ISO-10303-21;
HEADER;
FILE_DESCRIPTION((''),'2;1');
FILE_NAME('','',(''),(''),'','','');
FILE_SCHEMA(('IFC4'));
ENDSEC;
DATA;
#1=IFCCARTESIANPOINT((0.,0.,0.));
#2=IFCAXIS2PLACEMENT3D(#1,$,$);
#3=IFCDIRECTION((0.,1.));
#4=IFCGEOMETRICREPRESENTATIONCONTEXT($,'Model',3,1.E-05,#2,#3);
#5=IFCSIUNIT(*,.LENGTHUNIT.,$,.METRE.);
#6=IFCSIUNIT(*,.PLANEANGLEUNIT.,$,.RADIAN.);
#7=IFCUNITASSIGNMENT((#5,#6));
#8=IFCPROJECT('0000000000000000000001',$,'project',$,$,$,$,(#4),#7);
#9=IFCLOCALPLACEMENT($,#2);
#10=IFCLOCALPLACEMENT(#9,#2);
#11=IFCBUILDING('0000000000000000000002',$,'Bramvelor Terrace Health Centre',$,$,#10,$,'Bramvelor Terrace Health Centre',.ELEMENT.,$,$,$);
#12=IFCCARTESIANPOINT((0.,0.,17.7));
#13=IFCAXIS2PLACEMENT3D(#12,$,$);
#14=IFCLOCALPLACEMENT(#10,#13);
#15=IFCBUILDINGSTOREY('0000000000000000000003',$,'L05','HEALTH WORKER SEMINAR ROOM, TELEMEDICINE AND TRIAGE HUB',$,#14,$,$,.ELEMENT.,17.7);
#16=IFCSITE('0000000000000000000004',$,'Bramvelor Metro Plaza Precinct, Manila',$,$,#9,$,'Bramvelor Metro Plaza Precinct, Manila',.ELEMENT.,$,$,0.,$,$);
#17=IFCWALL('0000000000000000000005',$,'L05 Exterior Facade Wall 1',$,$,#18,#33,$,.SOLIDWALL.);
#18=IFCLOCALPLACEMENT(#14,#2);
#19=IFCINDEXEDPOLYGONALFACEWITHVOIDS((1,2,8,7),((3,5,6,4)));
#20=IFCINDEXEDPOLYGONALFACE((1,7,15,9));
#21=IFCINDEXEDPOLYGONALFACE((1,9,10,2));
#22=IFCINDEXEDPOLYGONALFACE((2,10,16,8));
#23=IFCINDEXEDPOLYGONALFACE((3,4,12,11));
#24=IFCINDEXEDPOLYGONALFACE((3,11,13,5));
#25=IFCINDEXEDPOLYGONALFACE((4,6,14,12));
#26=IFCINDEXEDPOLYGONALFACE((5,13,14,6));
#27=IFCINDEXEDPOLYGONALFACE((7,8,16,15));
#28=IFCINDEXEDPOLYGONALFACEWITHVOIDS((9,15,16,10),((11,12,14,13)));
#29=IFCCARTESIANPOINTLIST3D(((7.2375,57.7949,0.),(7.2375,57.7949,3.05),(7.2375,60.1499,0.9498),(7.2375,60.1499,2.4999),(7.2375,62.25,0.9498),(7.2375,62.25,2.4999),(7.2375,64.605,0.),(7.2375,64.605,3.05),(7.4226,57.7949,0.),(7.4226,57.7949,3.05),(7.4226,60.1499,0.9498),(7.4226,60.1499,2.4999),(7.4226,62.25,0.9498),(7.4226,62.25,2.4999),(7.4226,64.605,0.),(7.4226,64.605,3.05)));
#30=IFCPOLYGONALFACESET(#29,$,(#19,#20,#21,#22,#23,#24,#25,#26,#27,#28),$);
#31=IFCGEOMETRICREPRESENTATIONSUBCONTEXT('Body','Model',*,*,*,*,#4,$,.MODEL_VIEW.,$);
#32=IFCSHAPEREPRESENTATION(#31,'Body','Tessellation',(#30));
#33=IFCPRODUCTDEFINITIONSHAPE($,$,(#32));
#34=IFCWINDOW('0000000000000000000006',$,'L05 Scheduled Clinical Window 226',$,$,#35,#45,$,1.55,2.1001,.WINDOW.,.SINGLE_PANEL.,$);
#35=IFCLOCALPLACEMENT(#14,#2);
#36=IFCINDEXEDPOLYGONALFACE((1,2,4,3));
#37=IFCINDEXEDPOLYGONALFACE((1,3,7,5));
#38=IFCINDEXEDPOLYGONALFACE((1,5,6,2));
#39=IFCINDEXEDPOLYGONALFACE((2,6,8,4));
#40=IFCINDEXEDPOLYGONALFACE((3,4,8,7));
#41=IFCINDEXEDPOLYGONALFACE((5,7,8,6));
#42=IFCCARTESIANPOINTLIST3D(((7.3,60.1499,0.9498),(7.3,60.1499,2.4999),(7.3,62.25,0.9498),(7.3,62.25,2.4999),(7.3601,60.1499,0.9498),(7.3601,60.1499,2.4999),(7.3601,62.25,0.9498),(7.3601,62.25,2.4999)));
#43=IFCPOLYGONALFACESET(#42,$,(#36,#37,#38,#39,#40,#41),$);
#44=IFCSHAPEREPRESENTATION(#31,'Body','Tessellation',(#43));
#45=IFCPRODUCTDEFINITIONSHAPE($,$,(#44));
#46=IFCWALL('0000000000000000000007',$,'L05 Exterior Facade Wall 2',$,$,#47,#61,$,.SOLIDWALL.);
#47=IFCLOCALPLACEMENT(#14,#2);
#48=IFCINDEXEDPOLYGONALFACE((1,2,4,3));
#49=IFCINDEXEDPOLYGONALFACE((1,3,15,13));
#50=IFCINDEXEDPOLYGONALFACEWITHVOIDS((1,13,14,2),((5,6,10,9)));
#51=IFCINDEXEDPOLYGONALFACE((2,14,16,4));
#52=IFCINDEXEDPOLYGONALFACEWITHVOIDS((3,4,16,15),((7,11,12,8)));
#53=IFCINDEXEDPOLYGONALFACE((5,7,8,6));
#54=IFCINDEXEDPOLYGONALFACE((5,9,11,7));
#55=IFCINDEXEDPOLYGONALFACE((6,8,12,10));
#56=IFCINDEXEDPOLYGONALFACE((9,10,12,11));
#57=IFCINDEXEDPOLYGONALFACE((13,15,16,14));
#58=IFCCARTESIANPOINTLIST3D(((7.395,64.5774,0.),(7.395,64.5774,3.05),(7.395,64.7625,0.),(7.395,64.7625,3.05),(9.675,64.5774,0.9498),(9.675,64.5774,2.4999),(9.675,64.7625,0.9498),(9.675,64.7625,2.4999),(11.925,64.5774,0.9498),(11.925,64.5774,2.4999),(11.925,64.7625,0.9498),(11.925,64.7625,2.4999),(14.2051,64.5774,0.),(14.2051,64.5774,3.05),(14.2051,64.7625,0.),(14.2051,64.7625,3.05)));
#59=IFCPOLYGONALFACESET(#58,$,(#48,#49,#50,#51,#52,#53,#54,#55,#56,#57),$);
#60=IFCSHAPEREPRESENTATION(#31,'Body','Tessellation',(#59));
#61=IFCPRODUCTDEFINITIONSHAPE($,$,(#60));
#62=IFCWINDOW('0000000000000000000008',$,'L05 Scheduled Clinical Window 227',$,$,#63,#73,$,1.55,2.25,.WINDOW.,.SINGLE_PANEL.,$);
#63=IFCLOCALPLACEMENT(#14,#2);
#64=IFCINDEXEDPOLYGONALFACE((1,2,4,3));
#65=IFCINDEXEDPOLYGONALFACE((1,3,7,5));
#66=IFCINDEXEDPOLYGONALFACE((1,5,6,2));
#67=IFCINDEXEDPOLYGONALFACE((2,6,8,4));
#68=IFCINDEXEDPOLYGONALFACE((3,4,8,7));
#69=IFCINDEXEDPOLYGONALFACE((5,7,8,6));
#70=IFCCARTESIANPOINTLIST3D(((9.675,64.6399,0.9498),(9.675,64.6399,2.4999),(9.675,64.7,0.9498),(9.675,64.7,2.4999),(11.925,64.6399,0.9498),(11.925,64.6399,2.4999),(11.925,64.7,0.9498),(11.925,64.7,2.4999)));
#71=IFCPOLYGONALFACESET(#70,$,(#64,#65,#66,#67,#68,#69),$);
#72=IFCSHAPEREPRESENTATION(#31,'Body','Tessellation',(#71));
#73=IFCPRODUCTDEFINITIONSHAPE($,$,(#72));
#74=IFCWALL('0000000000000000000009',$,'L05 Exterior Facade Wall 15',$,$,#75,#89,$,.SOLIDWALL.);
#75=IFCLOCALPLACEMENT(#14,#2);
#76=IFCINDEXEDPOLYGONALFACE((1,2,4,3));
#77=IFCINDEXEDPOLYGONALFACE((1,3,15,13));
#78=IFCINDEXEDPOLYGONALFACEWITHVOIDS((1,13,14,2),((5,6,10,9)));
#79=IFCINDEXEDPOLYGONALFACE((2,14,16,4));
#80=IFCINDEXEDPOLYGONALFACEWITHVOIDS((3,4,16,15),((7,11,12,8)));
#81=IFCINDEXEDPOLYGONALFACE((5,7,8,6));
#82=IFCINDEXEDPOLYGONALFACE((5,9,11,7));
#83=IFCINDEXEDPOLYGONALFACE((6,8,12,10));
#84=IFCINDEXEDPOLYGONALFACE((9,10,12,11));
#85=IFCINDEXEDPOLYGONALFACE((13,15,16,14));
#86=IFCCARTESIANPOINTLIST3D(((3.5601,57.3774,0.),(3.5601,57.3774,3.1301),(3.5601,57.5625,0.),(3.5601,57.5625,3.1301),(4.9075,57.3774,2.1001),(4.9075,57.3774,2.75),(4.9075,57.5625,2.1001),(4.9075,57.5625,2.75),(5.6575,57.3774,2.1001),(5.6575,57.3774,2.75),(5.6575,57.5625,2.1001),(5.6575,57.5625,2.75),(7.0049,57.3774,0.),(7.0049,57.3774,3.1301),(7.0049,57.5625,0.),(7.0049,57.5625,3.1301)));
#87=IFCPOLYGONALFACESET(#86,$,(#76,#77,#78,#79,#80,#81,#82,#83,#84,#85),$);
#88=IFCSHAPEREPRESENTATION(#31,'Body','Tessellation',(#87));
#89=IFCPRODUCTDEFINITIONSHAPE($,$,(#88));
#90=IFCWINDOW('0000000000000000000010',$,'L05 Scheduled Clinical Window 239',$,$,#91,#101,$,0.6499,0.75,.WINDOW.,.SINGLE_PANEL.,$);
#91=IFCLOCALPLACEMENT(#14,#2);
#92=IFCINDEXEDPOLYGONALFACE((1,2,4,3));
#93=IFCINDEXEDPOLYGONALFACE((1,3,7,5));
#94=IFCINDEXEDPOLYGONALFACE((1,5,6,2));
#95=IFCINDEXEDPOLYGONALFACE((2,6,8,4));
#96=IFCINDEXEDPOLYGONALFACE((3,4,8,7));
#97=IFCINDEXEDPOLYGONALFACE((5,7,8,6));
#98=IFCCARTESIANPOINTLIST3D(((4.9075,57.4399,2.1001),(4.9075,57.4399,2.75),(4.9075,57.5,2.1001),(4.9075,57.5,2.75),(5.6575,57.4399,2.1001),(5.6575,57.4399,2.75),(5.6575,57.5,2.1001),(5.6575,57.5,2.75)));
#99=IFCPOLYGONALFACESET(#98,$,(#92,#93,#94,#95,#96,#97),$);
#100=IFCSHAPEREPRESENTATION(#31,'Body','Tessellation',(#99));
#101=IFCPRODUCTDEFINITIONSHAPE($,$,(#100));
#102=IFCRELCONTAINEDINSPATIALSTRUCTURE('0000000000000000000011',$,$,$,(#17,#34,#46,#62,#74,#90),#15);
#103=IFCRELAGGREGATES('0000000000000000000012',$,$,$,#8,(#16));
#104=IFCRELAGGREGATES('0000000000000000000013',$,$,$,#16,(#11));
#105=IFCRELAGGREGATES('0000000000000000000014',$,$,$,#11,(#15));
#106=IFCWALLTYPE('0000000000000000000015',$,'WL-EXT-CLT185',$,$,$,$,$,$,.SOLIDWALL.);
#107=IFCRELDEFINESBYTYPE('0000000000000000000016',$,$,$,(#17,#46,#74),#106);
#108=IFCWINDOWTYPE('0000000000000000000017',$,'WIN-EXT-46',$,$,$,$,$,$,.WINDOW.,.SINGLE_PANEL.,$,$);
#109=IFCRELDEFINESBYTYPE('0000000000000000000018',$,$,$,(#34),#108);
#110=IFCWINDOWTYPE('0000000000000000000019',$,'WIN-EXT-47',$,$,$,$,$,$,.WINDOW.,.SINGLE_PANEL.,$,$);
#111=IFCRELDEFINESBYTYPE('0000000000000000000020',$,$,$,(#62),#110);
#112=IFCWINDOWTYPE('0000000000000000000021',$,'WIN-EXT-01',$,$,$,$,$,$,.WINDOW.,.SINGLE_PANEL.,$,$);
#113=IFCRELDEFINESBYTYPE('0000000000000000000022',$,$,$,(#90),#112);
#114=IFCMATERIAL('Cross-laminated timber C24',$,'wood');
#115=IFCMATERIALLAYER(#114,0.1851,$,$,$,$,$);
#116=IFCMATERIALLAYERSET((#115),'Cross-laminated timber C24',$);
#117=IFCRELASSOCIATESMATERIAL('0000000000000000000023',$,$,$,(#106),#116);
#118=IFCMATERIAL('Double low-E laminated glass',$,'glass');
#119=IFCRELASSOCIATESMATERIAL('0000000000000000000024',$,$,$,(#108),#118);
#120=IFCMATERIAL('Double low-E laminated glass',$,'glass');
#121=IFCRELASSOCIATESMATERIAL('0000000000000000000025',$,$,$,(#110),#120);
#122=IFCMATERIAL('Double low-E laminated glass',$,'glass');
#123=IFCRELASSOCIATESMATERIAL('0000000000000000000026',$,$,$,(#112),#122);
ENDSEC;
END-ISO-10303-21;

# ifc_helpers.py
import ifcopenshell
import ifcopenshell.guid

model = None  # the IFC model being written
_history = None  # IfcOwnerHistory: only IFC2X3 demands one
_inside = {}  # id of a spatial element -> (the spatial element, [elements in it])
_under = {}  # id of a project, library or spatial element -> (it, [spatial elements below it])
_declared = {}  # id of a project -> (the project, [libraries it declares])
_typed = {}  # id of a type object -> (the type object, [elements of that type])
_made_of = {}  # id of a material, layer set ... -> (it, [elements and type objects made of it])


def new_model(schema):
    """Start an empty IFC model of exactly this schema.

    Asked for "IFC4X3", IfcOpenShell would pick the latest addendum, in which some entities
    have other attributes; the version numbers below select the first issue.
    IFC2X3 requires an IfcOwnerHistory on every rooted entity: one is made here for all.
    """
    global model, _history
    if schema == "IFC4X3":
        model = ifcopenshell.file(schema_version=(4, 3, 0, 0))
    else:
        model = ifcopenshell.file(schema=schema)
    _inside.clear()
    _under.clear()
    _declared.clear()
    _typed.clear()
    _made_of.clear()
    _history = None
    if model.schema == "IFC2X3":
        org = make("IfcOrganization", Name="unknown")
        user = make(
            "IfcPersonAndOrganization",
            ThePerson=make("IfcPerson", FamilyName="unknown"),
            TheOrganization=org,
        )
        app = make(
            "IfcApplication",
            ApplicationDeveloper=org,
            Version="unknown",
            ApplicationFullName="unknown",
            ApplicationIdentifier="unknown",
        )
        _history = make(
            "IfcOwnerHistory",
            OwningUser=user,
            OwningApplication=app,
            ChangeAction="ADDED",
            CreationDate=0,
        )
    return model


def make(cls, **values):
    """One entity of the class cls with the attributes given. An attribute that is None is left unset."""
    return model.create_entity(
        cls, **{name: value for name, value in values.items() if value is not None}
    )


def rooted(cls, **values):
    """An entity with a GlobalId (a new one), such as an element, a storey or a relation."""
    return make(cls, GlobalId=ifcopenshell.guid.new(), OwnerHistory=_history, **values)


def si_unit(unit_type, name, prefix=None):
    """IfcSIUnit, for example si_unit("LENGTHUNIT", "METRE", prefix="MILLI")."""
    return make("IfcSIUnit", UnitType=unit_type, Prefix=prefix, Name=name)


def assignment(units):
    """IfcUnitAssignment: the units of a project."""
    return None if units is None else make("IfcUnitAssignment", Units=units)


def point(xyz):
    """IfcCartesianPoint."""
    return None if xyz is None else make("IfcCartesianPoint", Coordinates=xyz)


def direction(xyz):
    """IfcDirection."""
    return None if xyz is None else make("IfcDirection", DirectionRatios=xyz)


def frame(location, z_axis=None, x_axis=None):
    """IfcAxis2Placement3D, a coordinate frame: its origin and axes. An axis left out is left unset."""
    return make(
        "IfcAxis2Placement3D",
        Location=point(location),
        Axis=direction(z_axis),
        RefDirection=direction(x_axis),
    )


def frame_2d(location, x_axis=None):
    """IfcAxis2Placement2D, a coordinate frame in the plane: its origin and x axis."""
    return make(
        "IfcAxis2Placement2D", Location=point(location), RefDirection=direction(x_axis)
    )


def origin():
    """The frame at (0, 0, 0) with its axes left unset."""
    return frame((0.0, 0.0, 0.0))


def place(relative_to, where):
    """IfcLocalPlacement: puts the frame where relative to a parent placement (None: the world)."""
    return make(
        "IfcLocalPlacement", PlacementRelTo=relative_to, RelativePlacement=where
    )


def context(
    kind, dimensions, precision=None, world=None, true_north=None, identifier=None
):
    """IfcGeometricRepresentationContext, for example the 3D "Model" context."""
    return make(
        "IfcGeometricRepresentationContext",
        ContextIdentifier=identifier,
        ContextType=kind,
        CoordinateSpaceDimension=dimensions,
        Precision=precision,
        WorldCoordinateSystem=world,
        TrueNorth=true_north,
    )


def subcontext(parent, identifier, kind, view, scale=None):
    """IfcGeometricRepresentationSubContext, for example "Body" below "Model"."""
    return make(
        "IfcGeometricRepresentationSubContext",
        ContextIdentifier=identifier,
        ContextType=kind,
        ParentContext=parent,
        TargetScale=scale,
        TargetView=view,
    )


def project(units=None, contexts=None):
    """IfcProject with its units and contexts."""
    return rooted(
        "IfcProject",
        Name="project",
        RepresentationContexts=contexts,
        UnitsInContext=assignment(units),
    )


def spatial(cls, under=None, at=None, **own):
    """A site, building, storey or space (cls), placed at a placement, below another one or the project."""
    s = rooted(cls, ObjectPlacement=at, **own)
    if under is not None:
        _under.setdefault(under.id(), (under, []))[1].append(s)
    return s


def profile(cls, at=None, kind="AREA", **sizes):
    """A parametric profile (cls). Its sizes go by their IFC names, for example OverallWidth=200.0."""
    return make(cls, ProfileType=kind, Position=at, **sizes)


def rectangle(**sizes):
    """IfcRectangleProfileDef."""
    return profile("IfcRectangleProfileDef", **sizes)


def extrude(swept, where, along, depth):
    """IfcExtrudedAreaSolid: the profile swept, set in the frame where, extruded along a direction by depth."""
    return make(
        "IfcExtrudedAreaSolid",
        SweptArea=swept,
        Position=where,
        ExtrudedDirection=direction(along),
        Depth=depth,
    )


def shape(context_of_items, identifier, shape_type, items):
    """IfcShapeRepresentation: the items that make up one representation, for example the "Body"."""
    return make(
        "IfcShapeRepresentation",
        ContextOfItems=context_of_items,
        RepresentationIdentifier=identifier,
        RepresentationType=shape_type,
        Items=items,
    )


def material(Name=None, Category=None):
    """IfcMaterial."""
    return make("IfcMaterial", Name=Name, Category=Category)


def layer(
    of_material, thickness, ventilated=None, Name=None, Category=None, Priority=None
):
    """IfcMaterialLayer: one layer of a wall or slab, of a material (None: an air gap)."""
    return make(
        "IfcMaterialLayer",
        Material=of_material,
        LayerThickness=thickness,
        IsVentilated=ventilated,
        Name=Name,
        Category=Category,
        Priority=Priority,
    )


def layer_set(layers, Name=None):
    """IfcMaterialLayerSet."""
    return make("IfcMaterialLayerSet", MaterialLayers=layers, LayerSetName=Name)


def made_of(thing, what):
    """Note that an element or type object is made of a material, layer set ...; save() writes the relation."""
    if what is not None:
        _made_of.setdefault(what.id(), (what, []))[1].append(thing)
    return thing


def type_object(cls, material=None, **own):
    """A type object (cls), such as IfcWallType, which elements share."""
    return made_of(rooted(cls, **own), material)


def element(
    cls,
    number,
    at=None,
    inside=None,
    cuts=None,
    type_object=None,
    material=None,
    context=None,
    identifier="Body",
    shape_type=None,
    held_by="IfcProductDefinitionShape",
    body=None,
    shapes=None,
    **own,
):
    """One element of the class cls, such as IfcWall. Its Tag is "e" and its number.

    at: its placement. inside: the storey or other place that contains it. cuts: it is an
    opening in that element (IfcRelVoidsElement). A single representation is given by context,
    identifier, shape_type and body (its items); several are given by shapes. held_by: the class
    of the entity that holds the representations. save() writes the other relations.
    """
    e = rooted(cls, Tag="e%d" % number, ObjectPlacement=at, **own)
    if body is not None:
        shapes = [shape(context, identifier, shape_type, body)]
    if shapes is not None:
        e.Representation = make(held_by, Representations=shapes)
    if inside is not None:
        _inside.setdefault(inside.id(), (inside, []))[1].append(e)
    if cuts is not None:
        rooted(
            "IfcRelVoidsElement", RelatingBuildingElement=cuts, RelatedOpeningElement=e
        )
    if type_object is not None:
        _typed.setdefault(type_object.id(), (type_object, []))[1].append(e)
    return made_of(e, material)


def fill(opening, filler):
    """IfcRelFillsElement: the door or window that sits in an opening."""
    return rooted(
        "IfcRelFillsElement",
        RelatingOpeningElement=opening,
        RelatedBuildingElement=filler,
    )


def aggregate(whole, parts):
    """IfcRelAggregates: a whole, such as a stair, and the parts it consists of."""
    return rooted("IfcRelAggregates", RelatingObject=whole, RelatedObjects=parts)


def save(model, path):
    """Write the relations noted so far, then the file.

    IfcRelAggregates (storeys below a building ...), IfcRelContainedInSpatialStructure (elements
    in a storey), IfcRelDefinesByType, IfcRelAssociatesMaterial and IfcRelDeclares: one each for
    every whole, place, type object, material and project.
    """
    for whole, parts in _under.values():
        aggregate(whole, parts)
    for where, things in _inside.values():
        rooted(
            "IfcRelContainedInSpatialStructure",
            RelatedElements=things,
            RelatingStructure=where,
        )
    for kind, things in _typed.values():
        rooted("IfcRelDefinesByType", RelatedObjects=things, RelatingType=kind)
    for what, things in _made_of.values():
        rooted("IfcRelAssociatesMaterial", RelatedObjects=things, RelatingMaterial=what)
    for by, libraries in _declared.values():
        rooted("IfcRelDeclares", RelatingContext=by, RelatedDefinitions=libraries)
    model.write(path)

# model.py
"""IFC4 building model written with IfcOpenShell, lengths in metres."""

from ifc_helpers import new_model, si_unit, direction, frame, frame_2d, origin, place, context, subcontext, project, spatial, rectangle, extrude, material, layer, layer_set, type_object, element, fill, save


model = new_model("IFC4")

# Units and contexts
model_context = context("Model", 3, precision=1e-05, world=origin(), true_north=direction((0.0, 1.0)))
body_context = subcontext(model_context, "Body", "Model", "MODEL_VIEW")
ifc_project = project(units=[si_unit("LENGTHUNIT", "METRE"), si_unit("PLANEANGLEUNIT", "RADIAN")], contexts=[model_context])

# Site, building, storey
site_placement = place(None, origin())
site = spatial("IfcSite", under=ifc_project, at=site_placement, Name="Bramvelor Metro Plaza Precinct, Manila", LongName="Bramvelor Metro Plaza Precinct, Manila", CompositionType="ELEMENT", RefElevation=0.0)
building_placement = place(site_placement, origin())
building = spatial("IfcBuilding", under=site, at=building_placement, Name="Bramvelor Terrace Health Centre", LongName="Bramvelor Terrace Health Centre", CompositionType="ELEMENT")
storey_placement = place(building_placement, frame((0.0, 0.0, 17.7)))
storey = spatial("IfcBuildingStorey", under=building, at=storey_placement, Name="L05", Description="HEALTH WORKER SEMINAR ROOM, TELEMEDICINE AND TRIAGE HUB", CompositionType="ELEMENT", Elevation=17.7)

# Walls, openings, windows
ifc_material_1 = material(Name="Cross-laminated timber C24", Category="wood")
ifc_layer_1 = layer(ifc_material_1, 0.1851)
ifc_layer_set_1 = layer_set([ifc_layer_1], Name="Cross-laminated timber C24")
wall_type_1 = type_object("IfcWallType", Name="WL-EXT-CLT185", PredefinedType="SOLIDWALL", material=ifc_layer_set_1)
wall_1_placement = place(storey_placement, frame((7.3301, 57.7949, 0.0), z_axis=(0.0, 0.0, 1.0), x_axis=(0.0, 1.0, 0.0)))
wall_1 = element("IfcWall", 1, at=wall_1_placement, inside=storey, type_object=wall_type_1, Name="L05 Exterior Facade Wall 1", PredefinedType="SOLIDWALL", context=body_context, shape_type="SweptSolid", body=[
    extrude(rectangle(XDim=6.8101, YDim=0.1851, at=frame_2d((3.405, 0.0))), origin(), (0.0, 0.0, 1.0), 3.05),
])
opening_1_placement = place(wall_1_placement, frame((2.355, 0.0, 0.95)))
opening_1 = element("IfcOpeningElement", 2, at=opening_1_placement, cuts=wall_1, PredefinedType="OPENING", context=body_context, shape_type="SweptSolid", body=[
    extrude(rectangle(XDim=2.1001, YDim=1.55, at=frame_2d((1.05, 0.7749))), frame((0.0, 0.1025, 0.0), z_axis=(0.0, -1.0, 0.0), x_axis=(1.0, 0.0, 0.0)), (0.0, 0.0, 1.0), 0.2051),
])
ifc_material_2 = material(Name="Double low-E laminated glass", Category="glass")
window_type_1 = type_object("IfcWindowType", Name="WIN-EXT-46", PartitioningType="SINGLE_PANEL", PredefinedType="WINDOW", material=ifc_material_2)
window_1_placement = place(opening_1_placement, origin())
window_1 = element("IfcWindow", 3, at=window_1_placement, inside=storey, type_object=window_type_1, Name="L05 Scheduled Clinical Window 226", OverallHeight=1.55, OverallWidth=2.1001, PartitioningType="SINGLE_PANEL", PredefinedType="WINDOW", context=body_context, shape_type="SweptSolid", body=[
    extrude(rectangle(XDim=2.1001, YDim=1.55, at=frame_2d((1.05, 0.7749))), frame((0.0, 0.03, 0.0), z_axis=(0.0, -1.0, 0.0), x_axis=(1.0, 0.0, 0.0)), (0.0, 0.0, 1.0), 0.0601),
])
fill(opening_1, window_1)
wall_2_placement = place(storey_placement, frame((7.395, 64.6699, 0.0), z_axis=(0.0, 0.0, 1.0), x_axis=(1.0, 0.0, 0.0)))
wall_2 = element("IfcWall", 4, at=wall_2_placement, inside=storey, type_object=wall_type_1, Name="L05 Exterior Facade Wall 2", PredefinedType="SOLIDWALL", context=body_context, shape_type="SweptSolid", body=[
    extrude(rectangle(XDim=6.8101, YDim=0.1851, at=frame_2d((3.405, 0.0))), origin(), (0.0, 0.0, 1.0), 3.05),
])
opening_2_placement = place(wall_2_placement, frame((2.28, 0.0, 0.95)))
opening_2 = element("IfcOpeningElement", 5, at=opening_2_placement, cuts=wall_2, PredefinedType="OPENING", context=body_context, shape_type="SweptSolid", body=[
    extrude(rectangle(XDim=2.25, YDim=1.55, at=frame_2d((1.125, 0.7749))), frame((0.0, 0.1025, 0.0), z_axis=(0.0, -1.0, 0.0), x_axis=(1.0, 0.0, 0.0)), (0.0, 0.0, 1.0), 0.2051),
])
ifc_material_3 = material(Name="Double low-E laminated glass", Category="glass")
window_type_2 = type_object("IfcWindowType", Name="WIN-EXT-47", PartitioningType="SINGLE_PANEL", PredefinedType="WINDOW", material=ifc_material_3)
window_2_placement = place(opening_2_placement, origin())
window_2 = element("IfcWindow", 6, at=window_2_placement, inside=storey, type_object=window_type_2, Name="L05 Scheduled Clinical Window 227", OverallHeight=1.55, OverallWidth=2.25, PartitioningType="SINGLE_PANEL", PredefinedType="WINDOW", context=body_context, shape_type="SweptSolid", body=[
    extrude(rectangle(XDim=2.25, YDim=1.55, at=frame_2d((1.125, 0.7749))), frame((0.0, 0.03, 0.0), z_axis=(0.0, -1.0, 0.0), x_axis=(1.0, 0.0, 0.0)), (0.0, 0.0, 1.0), 0.0601),
])
fill(opening_2, window_2)
wall_3_placement = place(storey_placement, frame((3.5601, 57.47, 0.0), z_axis=(0.0, 0.0, 1.0), x_axis=(1.0, 0.0, 0.0)))
wall_3 = element("IfcWall", 7, at=wall_3_placement, inside=storey, type_object=wall_type_1, Name="L05 Exterior Facade Wall 15", PredefinedType="SOLIDWALL", context=body_context, shape_type="SweptSolid", body=[
    extrude(rectangle(XDim=3.4448, YDim=0.1851, at=frame_2d((1.7224, 0.0))), origin(), (0.0, 0.0, 1.0), 3.1301),
])
opening_3_placement = place(wall_3_placement, frame((1.3474, 0.0, 2.1001)))
opening_3 = element("IfcOpeningElement", 8, at=opening_3_placement, cuts=wall_3, PredefinedType="OPENING", context=body_context, shape_type="SweptSolid", body=[
    extrude(rectangle(XDim=0.75, YDim=0.6499, at=frame_2d((0.375, 0.325))), frame((0.0, 0.1025, 0.0), z_axis=(0.0, -1.0, 0.0), x_axis=(1.0, 0.0, 0.0)), (0.0, 0.0, 1.0), 0.2051),
])
ifc_material_4 = material(Name="Double low-E laminated glass", Category="glass")
window_type_3 = type_object("IfcWindowType", Name="WIN-EXT-01", PartitioningType="SINGLE_PANEL", PredefinedType="WINDOW", material=ifc_material_4)
window_3_placement = place(opening_3_placement, origin())
window_3 = element("IfcWindow", 9, at=window_3_placement, inside=storey, type_object=window_type_3, Name="L05 Scheduled Clinical Window 239", OverallHeight=0.6499, OverallWidth=0.75, PartitioningType="SINGLE_PANEL", PredefinedType="WINDOW", context=body_context, shape_type="SweptSolid", body=[
    extrude(rectangle(XDim=0.75, YDim=0.6499, at=frame_2d((0.375, 0.325))), frame((0.0, 0.03, 0.0), z_axis=(0.0, -1.0, 0.0), x_axis=(1.0, 0.0, 0.0)), (0.0, 0.0, 1.0), 0.0601),
])
fill(opening_3, window_3)

save(model, "model.ifc")
